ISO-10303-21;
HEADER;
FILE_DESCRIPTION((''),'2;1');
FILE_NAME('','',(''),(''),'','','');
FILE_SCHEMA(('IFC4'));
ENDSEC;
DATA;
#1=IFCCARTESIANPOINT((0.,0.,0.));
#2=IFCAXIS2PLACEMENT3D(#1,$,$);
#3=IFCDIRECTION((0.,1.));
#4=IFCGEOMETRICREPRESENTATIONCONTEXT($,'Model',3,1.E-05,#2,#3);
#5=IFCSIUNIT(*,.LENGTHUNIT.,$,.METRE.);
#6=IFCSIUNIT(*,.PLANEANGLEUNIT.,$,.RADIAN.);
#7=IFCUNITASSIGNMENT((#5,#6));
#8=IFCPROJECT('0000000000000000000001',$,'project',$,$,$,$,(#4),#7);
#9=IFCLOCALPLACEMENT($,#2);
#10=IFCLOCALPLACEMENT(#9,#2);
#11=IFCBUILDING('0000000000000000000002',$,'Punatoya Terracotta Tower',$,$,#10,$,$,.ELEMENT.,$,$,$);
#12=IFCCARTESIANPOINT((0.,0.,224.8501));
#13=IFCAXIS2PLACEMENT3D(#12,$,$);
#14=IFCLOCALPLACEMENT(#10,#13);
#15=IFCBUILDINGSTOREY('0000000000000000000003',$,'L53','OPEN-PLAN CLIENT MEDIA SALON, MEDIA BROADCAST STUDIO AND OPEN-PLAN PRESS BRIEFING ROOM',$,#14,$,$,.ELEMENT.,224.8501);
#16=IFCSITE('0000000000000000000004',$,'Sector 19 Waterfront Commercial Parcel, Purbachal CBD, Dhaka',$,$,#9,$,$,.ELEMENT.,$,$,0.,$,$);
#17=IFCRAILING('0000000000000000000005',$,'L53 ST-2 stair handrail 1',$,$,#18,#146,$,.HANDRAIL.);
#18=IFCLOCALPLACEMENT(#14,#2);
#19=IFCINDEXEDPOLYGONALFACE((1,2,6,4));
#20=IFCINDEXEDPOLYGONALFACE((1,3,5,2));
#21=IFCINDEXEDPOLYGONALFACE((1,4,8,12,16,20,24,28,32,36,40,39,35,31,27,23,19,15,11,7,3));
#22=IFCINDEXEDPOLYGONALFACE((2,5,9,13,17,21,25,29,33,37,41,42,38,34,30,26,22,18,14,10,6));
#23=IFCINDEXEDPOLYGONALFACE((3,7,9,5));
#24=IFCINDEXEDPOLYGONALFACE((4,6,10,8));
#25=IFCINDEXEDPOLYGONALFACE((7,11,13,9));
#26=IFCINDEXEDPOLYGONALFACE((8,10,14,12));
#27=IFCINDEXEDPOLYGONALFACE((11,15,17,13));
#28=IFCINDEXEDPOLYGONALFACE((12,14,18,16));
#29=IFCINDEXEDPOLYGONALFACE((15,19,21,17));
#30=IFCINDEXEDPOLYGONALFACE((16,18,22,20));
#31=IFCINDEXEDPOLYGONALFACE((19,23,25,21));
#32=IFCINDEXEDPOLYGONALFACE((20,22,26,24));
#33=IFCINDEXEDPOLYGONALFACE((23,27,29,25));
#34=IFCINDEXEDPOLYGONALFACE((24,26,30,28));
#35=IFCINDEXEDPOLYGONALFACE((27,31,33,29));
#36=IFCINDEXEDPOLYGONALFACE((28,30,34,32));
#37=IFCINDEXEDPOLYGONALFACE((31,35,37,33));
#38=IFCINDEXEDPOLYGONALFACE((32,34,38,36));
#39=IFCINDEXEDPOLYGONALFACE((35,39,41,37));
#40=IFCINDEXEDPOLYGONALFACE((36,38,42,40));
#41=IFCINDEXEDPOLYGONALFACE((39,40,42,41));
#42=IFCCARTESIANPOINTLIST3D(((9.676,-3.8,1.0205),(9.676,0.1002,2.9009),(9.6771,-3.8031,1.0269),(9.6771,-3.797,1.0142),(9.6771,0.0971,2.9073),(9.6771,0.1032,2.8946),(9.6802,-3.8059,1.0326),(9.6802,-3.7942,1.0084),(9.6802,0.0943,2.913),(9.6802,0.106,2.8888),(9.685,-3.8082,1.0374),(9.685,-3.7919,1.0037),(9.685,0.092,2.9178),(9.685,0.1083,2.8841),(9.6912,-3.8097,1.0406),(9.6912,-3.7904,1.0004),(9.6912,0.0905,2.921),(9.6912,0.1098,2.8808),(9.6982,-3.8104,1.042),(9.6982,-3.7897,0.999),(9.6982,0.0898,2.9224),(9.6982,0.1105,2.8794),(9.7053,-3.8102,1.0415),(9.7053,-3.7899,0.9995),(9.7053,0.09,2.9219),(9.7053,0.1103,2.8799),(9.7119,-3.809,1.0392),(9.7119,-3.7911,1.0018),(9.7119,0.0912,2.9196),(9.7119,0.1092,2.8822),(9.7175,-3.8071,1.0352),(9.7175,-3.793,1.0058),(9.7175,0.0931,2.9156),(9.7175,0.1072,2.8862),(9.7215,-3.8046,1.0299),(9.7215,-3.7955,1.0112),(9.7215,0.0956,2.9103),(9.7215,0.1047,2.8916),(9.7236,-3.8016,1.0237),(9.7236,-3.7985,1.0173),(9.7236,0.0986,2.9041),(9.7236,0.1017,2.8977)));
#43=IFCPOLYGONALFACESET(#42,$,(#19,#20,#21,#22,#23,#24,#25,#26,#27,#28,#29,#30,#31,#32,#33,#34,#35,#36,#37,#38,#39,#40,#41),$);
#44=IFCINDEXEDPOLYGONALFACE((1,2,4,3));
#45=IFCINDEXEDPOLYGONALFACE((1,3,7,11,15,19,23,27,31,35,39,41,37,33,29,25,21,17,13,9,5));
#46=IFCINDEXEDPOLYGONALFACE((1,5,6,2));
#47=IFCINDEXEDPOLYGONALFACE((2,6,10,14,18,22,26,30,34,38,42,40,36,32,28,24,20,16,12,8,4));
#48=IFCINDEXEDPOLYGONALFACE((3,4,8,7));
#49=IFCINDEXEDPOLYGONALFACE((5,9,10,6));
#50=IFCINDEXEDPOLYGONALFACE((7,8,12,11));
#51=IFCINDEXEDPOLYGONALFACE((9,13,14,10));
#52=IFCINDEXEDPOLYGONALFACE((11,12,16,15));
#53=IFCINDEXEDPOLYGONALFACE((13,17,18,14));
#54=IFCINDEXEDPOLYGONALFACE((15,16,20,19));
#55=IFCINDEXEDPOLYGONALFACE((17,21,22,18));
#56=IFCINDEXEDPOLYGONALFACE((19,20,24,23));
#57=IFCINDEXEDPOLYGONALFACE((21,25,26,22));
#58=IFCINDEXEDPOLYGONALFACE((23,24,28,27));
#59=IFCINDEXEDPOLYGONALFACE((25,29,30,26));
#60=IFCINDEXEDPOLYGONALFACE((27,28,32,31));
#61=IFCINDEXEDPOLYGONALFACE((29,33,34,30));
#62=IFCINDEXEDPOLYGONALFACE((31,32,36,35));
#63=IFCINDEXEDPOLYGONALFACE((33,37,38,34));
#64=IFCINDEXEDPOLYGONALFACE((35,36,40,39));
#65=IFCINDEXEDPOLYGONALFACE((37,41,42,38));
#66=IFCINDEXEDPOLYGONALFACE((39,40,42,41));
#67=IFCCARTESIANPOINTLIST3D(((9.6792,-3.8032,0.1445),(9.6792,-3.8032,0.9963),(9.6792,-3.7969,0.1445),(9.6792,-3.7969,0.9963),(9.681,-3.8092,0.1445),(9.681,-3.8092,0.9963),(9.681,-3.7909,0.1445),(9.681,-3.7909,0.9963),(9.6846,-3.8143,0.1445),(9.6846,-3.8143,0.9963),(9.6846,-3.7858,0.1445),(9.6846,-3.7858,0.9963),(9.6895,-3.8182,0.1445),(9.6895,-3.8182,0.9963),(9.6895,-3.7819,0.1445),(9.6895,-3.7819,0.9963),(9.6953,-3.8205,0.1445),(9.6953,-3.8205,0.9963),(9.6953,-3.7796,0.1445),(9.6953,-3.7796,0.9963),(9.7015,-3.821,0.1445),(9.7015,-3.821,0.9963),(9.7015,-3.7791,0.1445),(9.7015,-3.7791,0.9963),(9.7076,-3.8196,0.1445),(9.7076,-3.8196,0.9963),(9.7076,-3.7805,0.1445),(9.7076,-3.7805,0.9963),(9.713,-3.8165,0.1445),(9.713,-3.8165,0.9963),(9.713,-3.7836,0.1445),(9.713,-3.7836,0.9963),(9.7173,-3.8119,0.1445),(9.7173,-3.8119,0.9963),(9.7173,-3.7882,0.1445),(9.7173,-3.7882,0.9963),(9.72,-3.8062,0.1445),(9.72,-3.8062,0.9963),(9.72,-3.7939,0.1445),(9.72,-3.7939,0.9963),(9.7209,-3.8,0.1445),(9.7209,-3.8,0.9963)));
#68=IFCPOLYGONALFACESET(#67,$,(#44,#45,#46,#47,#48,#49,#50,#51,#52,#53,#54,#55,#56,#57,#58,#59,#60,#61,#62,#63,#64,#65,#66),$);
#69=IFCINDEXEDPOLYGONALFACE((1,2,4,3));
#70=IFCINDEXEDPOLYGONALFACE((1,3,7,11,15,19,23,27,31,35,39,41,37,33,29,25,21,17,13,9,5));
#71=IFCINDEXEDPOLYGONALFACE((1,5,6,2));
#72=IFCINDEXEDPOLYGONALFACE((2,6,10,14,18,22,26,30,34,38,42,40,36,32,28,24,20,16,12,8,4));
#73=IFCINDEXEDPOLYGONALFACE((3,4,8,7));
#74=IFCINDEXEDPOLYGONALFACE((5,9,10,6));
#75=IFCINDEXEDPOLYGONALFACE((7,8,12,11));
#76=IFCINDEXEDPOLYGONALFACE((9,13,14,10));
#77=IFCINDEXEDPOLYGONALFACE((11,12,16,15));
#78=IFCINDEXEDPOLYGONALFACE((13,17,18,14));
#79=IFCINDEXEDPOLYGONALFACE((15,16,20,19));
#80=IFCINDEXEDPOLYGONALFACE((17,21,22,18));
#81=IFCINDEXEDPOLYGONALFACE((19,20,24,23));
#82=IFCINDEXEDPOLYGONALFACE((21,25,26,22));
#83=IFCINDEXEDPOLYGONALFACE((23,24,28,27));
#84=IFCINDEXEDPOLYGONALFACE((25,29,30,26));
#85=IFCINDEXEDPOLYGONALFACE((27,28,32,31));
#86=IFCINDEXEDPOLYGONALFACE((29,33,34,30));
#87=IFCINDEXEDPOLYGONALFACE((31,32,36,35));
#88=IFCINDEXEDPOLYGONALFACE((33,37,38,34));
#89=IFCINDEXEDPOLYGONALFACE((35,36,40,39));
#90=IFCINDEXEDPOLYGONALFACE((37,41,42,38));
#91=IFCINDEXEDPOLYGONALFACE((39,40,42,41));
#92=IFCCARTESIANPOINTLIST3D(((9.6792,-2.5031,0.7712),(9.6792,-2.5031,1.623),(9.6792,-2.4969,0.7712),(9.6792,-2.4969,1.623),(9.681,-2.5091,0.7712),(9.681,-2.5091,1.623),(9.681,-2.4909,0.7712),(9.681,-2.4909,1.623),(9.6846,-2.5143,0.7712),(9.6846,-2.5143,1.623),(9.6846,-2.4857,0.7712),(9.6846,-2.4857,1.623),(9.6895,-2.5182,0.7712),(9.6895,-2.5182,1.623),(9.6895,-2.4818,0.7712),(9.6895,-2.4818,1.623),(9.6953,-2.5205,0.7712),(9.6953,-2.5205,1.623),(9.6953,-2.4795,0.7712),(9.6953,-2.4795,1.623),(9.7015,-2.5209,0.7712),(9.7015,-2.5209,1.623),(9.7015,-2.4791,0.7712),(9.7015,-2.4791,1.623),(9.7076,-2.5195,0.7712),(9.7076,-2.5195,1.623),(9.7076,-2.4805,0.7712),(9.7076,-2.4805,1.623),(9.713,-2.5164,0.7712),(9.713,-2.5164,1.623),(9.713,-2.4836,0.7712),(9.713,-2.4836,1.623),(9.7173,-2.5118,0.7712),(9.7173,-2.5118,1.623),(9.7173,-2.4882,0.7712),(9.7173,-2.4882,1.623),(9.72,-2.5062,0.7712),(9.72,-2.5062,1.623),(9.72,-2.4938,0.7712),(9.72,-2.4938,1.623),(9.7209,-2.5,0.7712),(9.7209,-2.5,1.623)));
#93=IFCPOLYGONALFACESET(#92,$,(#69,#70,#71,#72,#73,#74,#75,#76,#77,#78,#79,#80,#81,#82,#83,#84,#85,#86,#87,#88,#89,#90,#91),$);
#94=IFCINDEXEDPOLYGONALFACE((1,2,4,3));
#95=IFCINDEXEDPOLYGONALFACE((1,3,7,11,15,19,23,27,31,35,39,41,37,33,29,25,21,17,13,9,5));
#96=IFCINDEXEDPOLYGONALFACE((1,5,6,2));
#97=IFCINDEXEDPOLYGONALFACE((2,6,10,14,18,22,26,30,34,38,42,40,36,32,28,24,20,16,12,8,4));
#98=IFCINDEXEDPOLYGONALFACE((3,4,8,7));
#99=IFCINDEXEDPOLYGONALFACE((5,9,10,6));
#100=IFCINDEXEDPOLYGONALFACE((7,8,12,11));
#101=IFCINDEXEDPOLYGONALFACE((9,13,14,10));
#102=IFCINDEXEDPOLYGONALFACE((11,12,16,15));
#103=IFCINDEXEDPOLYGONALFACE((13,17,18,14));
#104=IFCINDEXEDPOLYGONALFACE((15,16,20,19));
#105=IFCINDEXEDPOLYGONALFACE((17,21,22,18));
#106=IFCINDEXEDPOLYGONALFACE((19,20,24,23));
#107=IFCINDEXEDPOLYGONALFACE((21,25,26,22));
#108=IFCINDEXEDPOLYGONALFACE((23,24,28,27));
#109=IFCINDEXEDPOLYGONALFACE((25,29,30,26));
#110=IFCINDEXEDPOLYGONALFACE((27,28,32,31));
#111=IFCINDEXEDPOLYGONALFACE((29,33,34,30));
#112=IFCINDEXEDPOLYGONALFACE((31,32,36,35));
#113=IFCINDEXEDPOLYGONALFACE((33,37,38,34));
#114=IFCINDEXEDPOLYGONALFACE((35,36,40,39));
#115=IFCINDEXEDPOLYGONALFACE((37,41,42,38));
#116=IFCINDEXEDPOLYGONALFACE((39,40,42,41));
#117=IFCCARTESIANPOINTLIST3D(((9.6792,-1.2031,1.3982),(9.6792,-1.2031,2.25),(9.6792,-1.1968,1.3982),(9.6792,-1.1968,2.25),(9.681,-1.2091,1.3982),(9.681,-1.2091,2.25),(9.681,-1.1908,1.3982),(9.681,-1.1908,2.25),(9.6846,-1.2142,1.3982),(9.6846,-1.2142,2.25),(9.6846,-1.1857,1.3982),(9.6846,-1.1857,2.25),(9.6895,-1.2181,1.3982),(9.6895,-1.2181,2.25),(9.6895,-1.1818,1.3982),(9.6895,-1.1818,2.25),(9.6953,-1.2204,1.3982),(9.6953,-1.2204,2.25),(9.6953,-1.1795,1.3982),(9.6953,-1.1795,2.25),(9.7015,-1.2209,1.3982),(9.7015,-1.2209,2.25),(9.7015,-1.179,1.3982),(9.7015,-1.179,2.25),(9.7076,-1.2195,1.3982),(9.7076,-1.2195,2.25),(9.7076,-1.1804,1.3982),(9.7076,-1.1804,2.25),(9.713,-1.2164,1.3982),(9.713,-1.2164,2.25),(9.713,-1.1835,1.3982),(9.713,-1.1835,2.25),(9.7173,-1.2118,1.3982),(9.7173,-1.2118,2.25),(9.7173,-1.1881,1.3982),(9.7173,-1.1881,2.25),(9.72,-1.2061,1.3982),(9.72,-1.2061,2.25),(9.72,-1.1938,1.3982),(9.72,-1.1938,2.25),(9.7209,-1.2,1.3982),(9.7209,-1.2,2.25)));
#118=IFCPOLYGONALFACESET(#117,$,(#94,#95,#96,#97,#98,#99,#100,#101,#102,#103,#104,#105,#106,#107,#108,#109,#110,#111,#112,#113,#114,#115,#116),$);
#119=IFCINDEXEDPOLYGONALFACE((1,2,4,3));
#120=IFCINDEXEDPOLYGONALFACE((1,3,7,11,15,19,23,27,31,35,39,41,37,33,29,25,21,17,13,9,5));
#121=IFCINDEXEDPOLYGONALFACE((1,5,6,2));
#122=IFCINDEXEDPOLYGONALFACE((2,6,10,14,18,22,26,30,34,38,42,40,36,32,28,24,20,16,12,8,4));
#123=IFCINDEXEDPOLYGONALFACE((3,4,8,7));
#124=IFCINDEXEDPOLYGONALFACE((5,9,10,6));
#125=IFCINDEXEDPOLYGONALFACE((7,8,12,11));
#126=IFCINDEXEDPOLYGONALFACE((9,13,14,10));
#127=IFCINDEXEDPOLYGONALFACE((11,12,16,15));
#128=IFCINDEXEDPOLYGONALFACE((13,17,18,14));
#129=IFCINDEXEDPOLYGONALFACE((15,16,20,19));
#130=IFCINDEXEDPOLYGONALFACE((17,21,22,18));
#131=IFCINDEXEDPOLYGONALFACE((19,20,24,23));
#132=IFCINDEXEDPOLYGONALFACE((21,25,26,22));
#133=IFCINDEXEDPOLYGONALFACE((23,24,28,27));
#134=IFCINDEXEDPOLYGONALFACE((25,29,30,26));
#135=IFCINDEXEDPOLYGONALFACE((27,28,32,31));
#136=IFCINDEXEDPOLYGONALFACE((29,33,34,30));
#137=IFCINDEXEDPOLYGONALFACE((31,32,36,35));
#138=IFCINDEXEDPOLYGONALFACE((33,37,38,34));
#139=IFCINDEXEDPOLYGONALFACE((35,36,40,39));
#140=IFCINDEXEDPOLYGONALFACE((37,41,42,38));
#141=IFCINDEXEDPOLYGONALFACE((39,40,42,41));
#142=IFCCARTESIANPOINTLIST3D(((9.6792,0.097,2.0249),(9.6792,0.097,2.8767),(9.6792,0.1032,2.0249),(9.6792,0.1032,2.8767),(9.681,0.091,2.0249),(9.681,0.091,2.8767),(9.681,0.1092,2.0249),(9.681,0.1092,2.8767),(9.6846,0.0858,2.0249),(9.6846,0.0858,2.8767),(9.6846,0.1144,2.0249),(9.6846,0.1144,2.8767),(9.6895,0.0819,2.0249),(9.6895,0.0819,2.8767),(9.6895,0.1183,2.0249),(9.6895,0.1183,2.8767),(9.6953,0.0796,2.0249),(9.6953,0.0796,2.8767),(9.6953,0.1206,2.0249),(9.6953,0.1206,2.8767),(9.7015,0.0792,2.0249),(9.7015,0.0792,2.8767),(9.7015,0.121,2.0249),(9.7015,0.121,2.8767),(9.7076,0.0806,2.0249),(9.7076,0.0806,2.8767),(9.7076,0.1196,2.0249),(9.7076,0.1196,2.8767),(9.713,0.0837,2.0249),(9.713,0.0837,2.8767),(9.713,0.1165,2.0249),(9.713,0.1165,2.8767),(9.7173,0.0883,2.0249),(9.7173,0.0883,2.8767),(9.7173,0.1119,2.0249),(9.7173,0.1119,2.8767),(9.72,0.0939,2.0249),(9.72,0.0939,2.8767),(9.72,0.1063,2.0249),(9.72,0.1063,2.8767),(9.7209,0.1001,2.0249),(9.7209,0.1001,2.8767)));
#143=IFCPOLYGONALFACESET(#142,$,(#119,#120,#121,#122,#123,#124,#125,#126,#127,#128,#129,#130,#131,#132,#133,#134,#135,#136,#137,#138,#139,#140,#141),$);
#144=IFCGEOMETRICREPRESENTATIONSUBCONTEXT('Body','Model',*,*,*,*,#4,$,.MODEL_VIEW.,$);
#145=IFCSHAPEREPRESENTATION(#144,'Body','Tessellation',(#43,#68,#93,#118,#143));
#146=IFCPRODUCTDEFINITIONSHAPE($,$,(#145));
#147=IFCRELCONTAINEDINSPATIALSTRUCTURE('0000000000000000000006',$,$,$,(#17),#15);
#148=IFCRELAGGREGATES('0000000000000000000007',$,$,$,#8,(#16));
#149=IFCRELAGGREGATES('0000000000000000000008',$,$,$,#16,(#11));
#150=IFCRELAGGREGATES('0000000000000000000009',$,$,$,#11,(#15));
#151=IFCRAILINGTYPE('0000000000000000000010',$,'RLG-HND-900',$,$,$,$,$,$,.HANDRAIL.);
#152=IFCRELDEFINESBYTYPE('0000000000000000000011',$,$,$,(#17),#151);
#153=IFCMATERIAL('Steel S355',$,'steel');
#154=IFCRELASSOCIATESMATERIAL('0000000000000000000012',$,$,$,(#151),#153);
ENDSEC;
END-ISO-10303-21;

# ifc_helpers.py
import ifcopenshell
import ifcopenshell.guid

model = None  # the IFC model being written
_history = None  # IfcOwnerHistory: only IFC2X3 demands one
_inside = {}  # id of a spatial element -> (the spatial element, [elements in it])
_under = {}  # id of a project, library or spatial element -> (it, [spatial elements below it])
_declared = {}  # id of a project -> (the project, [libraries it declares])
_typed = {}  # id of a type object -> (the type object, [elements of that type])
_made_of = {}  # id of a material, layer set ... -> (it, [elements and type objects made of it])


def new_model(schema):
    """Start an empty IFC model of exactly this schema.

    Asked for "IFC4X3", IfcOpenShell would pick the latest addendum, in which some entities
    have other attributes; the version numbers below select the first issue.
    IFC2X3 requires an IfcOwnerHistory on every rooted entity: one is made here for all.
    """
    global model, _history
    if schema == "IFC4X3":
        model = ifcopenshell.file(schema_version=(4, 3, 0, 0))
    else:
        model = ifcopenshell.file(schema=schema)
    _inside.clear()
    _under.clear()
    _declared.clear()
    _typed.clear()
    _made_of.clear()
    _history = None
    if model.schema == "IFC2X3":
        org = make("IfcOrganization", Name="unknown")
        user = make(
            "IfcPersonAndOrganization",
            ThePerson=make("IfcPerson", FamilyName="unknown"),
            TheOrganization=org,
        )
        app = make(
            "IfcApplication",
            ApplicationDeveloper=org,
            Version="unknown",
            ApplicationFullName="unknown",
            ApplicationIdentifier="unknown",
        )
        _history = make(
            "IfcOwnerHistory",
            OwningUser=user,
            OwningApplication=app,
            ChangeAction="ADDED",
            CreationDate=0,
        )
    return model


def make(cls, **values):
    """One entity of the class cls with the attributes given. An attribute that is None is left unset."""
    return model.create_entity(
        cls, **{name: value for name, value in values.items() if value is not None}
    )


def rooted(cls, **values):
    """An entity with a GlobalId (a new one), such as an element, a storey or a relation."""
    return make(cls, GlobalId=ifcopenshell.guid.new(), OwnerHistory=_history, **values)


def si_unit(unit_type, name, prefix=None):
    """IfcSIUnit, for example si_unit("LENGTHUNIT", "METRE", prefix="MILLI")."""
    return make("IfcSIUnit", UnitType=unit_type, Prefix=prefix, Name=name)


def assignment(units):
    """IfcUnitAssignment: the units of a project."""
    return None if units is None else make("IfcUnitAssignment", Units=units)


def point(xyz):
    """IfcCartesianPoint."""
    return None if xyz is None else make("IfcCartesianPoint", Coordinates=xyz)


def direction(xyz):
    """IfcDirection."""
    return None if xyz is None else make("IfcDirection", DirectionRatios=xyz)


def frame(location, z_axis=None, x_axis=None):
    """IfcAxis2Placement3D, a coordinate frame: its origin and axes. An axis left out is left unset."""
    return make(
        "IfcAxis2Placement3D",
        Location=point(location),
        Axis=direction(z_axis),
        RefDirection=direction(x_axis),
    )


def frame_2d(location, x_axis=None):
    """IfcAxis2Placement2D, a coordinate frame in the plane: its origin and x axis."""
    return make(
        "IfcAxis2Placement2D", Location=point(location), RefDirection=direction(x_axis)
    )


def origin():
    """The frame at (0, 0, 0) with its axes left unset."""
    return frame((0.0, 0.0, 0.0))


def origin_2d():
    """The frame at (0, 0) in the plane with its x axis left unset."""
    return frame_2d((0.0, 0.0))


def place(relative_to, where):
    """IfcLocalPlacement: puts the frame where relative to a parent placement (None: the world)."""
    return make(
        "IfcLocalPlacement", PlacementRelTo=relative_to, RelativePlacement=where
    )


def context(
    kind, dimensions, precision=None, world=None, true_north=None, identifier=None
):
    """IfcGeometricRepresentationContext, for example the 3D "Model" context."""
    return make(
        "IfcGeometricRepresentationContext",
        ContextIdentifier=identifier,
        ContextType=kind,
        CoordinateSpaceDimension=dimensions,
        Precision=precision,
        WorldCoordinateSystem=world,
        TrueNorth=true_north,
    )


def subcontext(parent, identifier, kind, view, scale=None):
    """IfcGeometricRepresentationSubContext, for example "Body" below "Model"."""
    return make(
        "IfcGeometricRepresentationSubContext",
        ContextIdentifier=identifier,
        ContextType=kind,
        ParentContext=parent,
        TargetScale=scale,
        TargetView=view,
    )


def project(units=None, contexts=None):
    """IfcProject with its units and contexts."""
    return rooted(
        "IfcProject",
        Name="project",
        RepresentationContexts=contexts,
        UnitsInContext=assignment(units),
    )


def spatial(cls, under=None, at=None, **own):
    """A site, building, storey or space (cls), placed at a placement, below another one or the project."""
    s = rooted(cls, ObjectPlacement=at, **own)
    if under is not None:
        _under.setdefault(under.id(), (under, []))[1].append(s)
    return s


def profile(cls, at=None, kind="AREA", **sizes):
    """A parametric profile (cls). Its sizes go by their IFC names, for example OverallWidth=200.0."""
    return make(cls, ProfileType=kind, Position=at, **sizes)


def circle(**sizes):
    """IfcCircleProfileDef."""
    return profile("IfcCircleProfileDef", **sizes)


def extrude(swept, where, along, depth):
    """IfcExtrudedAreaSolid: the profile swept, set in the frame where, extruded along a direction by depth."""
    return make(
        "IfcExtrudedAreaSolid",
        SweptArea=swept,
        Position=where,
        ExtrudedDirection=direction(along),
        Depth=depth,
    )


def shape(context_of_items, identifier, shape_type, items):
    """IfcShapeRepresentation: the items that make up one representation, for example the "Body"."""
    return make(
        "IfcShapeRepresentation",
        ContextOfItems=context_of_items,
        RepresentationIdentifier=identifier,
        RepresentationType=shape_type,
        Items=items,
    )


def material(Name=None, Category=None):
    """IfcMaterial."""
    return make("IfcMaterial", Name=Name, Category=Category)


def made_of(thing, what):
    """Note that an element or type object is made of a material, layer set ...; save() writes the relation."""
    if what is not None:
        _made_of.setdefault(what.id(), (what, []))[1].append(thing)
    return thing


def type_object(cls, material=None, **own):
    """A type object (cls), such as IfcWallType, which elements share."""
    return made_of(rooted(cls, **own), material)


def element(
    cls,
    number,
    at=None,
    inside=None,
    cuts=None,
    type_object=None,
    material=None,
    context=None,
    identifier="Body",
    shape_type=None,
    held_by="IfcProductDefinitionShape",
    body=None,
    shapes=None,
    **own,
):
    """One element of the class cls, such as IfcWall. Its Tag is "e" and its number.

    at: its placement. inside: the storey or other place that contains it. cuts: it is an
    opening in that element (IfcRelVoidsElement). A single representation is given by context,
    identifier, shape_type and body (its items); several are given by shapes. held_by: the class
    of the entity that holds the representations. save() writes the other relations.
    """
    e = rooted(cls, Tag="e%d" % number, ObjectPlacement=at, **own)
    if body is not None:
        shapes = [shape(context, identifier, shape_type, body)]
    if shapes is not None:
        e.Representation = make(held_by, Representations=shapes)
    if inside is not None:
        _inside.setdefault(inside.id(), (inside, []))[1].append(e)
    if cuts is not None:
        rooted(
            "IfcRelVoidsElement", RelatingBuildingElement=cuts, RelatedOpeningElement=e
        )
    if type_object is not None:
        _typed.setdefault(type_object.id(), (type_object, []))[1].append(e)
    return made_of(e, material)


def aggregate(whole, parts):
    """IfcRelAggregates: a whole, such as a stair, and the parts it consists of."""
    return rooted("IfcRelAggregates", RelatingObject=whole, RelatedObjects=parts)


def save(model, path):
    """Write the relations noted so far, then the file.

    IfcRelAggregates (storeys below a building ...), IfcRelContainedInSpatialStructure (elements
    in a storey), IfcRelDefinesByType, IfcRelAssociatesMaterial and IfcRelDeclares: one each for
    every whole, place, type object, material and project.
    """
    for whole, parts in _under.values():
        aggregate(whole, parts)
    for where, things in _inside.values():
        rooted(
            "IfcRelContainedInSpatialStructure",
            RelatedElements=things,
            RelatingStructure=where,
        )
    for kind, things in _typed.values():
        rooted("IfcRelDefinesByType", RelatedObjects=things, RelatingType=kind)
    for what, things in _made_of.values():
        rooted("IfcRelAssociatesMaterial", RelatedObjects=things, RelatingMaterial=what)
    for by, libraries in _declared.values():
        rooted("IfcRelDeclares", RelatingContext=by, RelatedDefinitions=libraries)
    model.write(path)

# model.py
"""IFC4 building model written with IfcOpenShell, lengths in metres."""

from ifc_helpers import new_model, si_unit, direction, frame, origin, origin_2d, place, context, subcontext, project, spatial, circle, extrude, material, type_object, element, save


model = new_model("IFC4")

# Units and contexts
model_context = context("Model", 3, precision=1e-05, world=origin(), true_north=direction((0.0, 1.0)))
body_context = subcontext(model_context, "Body", "Model", "MODEL_VIEW")
ifc_project = project(units=[si_unit("LENGTHUNIT", "METRE"), si_unit("PLANEANGLEUNIT", "RADIAN")], contexts=[model_context])

# Site, building, storey
site_placement = place(None, origin())
site = spatial("IfcSite", under=ifc_project, at=site_placement, Name="Sector 19 Waterfront Commercial Parcel, Purbachal CBD, Dhaka", CompositionType="ELEMENT", RefElevation=0.0)
building_placement = place(site_placement, origin())
building = spatial("IfcBuilding", under=site, at=building_placement, Name="Punatoya Terracotta Tower", CompositionType="ELEMENT")
storey_placement = place(building_placement, frame((0.0, 0.0, 224.8501)))
storey = spatial("IfcBuildingStorey", under=building, at=storey_placement, Name="L53", Description="OPEN-PLAN CLIENT MEDIA SALON, MEDIA BROADCAST STUDIO AND OPEN-PLAN PRESS BRIEFING ROOM", CompositionType="ELEMENT", Elevation=224.8501)

# Railing
ifc_material_1 = material(Name="Steel S355", Category="steel")
railing_type_1 = type_object("IfcRailingType", Name="RLG-HND-900", PredefinedType="HANDRAIL", material=ifc_material_1)
railing_1_placement = place(storey_placement, frame((9.7, -3.8, 0.1445)))
element("IfcRailing", 1, at=railing_1_placement, inside=storey, type_object=railing_type_1, Name="L53 ST-2 stair handrail 1", PredefinedType="HANDRAIL", context=body_context, shape_type="SweptSolid", body=[
    extrude(circle(Radius=0.0239, at=origin_2d()), frame((0.0, 0.0, 0.876), z_axis=(0.0, 0.900774, 0.434289), x_axis=(-1.0, 0.0, 0.0)), (0.0, 0.0, 1.0), 4.3298),
    extrude(circle(Radius=0.021, at=origin_2d()), origin(), (0.0, 0.0, 1.0), 0.8518),
    extrude(circle(Radius=0.021, at=origin_2d()), frame((0.0, 1.3, 0.6267)), (0.0, 0.0, 1.0), 0.8518),
    extrude(circle(Radius=0.021, at=origin_2d()), frame((0.0, 2.6001, 1.2537)), (0.0, 0.0, 1.0), 0.8518),
    extrude(circle(Radius=0.021, at=origin_2d()), frame((0.0, 3.9001, 1.8804)), (0.0, 0.0, 1.0), 0.8518),
])

save(model, "model.ifc")
